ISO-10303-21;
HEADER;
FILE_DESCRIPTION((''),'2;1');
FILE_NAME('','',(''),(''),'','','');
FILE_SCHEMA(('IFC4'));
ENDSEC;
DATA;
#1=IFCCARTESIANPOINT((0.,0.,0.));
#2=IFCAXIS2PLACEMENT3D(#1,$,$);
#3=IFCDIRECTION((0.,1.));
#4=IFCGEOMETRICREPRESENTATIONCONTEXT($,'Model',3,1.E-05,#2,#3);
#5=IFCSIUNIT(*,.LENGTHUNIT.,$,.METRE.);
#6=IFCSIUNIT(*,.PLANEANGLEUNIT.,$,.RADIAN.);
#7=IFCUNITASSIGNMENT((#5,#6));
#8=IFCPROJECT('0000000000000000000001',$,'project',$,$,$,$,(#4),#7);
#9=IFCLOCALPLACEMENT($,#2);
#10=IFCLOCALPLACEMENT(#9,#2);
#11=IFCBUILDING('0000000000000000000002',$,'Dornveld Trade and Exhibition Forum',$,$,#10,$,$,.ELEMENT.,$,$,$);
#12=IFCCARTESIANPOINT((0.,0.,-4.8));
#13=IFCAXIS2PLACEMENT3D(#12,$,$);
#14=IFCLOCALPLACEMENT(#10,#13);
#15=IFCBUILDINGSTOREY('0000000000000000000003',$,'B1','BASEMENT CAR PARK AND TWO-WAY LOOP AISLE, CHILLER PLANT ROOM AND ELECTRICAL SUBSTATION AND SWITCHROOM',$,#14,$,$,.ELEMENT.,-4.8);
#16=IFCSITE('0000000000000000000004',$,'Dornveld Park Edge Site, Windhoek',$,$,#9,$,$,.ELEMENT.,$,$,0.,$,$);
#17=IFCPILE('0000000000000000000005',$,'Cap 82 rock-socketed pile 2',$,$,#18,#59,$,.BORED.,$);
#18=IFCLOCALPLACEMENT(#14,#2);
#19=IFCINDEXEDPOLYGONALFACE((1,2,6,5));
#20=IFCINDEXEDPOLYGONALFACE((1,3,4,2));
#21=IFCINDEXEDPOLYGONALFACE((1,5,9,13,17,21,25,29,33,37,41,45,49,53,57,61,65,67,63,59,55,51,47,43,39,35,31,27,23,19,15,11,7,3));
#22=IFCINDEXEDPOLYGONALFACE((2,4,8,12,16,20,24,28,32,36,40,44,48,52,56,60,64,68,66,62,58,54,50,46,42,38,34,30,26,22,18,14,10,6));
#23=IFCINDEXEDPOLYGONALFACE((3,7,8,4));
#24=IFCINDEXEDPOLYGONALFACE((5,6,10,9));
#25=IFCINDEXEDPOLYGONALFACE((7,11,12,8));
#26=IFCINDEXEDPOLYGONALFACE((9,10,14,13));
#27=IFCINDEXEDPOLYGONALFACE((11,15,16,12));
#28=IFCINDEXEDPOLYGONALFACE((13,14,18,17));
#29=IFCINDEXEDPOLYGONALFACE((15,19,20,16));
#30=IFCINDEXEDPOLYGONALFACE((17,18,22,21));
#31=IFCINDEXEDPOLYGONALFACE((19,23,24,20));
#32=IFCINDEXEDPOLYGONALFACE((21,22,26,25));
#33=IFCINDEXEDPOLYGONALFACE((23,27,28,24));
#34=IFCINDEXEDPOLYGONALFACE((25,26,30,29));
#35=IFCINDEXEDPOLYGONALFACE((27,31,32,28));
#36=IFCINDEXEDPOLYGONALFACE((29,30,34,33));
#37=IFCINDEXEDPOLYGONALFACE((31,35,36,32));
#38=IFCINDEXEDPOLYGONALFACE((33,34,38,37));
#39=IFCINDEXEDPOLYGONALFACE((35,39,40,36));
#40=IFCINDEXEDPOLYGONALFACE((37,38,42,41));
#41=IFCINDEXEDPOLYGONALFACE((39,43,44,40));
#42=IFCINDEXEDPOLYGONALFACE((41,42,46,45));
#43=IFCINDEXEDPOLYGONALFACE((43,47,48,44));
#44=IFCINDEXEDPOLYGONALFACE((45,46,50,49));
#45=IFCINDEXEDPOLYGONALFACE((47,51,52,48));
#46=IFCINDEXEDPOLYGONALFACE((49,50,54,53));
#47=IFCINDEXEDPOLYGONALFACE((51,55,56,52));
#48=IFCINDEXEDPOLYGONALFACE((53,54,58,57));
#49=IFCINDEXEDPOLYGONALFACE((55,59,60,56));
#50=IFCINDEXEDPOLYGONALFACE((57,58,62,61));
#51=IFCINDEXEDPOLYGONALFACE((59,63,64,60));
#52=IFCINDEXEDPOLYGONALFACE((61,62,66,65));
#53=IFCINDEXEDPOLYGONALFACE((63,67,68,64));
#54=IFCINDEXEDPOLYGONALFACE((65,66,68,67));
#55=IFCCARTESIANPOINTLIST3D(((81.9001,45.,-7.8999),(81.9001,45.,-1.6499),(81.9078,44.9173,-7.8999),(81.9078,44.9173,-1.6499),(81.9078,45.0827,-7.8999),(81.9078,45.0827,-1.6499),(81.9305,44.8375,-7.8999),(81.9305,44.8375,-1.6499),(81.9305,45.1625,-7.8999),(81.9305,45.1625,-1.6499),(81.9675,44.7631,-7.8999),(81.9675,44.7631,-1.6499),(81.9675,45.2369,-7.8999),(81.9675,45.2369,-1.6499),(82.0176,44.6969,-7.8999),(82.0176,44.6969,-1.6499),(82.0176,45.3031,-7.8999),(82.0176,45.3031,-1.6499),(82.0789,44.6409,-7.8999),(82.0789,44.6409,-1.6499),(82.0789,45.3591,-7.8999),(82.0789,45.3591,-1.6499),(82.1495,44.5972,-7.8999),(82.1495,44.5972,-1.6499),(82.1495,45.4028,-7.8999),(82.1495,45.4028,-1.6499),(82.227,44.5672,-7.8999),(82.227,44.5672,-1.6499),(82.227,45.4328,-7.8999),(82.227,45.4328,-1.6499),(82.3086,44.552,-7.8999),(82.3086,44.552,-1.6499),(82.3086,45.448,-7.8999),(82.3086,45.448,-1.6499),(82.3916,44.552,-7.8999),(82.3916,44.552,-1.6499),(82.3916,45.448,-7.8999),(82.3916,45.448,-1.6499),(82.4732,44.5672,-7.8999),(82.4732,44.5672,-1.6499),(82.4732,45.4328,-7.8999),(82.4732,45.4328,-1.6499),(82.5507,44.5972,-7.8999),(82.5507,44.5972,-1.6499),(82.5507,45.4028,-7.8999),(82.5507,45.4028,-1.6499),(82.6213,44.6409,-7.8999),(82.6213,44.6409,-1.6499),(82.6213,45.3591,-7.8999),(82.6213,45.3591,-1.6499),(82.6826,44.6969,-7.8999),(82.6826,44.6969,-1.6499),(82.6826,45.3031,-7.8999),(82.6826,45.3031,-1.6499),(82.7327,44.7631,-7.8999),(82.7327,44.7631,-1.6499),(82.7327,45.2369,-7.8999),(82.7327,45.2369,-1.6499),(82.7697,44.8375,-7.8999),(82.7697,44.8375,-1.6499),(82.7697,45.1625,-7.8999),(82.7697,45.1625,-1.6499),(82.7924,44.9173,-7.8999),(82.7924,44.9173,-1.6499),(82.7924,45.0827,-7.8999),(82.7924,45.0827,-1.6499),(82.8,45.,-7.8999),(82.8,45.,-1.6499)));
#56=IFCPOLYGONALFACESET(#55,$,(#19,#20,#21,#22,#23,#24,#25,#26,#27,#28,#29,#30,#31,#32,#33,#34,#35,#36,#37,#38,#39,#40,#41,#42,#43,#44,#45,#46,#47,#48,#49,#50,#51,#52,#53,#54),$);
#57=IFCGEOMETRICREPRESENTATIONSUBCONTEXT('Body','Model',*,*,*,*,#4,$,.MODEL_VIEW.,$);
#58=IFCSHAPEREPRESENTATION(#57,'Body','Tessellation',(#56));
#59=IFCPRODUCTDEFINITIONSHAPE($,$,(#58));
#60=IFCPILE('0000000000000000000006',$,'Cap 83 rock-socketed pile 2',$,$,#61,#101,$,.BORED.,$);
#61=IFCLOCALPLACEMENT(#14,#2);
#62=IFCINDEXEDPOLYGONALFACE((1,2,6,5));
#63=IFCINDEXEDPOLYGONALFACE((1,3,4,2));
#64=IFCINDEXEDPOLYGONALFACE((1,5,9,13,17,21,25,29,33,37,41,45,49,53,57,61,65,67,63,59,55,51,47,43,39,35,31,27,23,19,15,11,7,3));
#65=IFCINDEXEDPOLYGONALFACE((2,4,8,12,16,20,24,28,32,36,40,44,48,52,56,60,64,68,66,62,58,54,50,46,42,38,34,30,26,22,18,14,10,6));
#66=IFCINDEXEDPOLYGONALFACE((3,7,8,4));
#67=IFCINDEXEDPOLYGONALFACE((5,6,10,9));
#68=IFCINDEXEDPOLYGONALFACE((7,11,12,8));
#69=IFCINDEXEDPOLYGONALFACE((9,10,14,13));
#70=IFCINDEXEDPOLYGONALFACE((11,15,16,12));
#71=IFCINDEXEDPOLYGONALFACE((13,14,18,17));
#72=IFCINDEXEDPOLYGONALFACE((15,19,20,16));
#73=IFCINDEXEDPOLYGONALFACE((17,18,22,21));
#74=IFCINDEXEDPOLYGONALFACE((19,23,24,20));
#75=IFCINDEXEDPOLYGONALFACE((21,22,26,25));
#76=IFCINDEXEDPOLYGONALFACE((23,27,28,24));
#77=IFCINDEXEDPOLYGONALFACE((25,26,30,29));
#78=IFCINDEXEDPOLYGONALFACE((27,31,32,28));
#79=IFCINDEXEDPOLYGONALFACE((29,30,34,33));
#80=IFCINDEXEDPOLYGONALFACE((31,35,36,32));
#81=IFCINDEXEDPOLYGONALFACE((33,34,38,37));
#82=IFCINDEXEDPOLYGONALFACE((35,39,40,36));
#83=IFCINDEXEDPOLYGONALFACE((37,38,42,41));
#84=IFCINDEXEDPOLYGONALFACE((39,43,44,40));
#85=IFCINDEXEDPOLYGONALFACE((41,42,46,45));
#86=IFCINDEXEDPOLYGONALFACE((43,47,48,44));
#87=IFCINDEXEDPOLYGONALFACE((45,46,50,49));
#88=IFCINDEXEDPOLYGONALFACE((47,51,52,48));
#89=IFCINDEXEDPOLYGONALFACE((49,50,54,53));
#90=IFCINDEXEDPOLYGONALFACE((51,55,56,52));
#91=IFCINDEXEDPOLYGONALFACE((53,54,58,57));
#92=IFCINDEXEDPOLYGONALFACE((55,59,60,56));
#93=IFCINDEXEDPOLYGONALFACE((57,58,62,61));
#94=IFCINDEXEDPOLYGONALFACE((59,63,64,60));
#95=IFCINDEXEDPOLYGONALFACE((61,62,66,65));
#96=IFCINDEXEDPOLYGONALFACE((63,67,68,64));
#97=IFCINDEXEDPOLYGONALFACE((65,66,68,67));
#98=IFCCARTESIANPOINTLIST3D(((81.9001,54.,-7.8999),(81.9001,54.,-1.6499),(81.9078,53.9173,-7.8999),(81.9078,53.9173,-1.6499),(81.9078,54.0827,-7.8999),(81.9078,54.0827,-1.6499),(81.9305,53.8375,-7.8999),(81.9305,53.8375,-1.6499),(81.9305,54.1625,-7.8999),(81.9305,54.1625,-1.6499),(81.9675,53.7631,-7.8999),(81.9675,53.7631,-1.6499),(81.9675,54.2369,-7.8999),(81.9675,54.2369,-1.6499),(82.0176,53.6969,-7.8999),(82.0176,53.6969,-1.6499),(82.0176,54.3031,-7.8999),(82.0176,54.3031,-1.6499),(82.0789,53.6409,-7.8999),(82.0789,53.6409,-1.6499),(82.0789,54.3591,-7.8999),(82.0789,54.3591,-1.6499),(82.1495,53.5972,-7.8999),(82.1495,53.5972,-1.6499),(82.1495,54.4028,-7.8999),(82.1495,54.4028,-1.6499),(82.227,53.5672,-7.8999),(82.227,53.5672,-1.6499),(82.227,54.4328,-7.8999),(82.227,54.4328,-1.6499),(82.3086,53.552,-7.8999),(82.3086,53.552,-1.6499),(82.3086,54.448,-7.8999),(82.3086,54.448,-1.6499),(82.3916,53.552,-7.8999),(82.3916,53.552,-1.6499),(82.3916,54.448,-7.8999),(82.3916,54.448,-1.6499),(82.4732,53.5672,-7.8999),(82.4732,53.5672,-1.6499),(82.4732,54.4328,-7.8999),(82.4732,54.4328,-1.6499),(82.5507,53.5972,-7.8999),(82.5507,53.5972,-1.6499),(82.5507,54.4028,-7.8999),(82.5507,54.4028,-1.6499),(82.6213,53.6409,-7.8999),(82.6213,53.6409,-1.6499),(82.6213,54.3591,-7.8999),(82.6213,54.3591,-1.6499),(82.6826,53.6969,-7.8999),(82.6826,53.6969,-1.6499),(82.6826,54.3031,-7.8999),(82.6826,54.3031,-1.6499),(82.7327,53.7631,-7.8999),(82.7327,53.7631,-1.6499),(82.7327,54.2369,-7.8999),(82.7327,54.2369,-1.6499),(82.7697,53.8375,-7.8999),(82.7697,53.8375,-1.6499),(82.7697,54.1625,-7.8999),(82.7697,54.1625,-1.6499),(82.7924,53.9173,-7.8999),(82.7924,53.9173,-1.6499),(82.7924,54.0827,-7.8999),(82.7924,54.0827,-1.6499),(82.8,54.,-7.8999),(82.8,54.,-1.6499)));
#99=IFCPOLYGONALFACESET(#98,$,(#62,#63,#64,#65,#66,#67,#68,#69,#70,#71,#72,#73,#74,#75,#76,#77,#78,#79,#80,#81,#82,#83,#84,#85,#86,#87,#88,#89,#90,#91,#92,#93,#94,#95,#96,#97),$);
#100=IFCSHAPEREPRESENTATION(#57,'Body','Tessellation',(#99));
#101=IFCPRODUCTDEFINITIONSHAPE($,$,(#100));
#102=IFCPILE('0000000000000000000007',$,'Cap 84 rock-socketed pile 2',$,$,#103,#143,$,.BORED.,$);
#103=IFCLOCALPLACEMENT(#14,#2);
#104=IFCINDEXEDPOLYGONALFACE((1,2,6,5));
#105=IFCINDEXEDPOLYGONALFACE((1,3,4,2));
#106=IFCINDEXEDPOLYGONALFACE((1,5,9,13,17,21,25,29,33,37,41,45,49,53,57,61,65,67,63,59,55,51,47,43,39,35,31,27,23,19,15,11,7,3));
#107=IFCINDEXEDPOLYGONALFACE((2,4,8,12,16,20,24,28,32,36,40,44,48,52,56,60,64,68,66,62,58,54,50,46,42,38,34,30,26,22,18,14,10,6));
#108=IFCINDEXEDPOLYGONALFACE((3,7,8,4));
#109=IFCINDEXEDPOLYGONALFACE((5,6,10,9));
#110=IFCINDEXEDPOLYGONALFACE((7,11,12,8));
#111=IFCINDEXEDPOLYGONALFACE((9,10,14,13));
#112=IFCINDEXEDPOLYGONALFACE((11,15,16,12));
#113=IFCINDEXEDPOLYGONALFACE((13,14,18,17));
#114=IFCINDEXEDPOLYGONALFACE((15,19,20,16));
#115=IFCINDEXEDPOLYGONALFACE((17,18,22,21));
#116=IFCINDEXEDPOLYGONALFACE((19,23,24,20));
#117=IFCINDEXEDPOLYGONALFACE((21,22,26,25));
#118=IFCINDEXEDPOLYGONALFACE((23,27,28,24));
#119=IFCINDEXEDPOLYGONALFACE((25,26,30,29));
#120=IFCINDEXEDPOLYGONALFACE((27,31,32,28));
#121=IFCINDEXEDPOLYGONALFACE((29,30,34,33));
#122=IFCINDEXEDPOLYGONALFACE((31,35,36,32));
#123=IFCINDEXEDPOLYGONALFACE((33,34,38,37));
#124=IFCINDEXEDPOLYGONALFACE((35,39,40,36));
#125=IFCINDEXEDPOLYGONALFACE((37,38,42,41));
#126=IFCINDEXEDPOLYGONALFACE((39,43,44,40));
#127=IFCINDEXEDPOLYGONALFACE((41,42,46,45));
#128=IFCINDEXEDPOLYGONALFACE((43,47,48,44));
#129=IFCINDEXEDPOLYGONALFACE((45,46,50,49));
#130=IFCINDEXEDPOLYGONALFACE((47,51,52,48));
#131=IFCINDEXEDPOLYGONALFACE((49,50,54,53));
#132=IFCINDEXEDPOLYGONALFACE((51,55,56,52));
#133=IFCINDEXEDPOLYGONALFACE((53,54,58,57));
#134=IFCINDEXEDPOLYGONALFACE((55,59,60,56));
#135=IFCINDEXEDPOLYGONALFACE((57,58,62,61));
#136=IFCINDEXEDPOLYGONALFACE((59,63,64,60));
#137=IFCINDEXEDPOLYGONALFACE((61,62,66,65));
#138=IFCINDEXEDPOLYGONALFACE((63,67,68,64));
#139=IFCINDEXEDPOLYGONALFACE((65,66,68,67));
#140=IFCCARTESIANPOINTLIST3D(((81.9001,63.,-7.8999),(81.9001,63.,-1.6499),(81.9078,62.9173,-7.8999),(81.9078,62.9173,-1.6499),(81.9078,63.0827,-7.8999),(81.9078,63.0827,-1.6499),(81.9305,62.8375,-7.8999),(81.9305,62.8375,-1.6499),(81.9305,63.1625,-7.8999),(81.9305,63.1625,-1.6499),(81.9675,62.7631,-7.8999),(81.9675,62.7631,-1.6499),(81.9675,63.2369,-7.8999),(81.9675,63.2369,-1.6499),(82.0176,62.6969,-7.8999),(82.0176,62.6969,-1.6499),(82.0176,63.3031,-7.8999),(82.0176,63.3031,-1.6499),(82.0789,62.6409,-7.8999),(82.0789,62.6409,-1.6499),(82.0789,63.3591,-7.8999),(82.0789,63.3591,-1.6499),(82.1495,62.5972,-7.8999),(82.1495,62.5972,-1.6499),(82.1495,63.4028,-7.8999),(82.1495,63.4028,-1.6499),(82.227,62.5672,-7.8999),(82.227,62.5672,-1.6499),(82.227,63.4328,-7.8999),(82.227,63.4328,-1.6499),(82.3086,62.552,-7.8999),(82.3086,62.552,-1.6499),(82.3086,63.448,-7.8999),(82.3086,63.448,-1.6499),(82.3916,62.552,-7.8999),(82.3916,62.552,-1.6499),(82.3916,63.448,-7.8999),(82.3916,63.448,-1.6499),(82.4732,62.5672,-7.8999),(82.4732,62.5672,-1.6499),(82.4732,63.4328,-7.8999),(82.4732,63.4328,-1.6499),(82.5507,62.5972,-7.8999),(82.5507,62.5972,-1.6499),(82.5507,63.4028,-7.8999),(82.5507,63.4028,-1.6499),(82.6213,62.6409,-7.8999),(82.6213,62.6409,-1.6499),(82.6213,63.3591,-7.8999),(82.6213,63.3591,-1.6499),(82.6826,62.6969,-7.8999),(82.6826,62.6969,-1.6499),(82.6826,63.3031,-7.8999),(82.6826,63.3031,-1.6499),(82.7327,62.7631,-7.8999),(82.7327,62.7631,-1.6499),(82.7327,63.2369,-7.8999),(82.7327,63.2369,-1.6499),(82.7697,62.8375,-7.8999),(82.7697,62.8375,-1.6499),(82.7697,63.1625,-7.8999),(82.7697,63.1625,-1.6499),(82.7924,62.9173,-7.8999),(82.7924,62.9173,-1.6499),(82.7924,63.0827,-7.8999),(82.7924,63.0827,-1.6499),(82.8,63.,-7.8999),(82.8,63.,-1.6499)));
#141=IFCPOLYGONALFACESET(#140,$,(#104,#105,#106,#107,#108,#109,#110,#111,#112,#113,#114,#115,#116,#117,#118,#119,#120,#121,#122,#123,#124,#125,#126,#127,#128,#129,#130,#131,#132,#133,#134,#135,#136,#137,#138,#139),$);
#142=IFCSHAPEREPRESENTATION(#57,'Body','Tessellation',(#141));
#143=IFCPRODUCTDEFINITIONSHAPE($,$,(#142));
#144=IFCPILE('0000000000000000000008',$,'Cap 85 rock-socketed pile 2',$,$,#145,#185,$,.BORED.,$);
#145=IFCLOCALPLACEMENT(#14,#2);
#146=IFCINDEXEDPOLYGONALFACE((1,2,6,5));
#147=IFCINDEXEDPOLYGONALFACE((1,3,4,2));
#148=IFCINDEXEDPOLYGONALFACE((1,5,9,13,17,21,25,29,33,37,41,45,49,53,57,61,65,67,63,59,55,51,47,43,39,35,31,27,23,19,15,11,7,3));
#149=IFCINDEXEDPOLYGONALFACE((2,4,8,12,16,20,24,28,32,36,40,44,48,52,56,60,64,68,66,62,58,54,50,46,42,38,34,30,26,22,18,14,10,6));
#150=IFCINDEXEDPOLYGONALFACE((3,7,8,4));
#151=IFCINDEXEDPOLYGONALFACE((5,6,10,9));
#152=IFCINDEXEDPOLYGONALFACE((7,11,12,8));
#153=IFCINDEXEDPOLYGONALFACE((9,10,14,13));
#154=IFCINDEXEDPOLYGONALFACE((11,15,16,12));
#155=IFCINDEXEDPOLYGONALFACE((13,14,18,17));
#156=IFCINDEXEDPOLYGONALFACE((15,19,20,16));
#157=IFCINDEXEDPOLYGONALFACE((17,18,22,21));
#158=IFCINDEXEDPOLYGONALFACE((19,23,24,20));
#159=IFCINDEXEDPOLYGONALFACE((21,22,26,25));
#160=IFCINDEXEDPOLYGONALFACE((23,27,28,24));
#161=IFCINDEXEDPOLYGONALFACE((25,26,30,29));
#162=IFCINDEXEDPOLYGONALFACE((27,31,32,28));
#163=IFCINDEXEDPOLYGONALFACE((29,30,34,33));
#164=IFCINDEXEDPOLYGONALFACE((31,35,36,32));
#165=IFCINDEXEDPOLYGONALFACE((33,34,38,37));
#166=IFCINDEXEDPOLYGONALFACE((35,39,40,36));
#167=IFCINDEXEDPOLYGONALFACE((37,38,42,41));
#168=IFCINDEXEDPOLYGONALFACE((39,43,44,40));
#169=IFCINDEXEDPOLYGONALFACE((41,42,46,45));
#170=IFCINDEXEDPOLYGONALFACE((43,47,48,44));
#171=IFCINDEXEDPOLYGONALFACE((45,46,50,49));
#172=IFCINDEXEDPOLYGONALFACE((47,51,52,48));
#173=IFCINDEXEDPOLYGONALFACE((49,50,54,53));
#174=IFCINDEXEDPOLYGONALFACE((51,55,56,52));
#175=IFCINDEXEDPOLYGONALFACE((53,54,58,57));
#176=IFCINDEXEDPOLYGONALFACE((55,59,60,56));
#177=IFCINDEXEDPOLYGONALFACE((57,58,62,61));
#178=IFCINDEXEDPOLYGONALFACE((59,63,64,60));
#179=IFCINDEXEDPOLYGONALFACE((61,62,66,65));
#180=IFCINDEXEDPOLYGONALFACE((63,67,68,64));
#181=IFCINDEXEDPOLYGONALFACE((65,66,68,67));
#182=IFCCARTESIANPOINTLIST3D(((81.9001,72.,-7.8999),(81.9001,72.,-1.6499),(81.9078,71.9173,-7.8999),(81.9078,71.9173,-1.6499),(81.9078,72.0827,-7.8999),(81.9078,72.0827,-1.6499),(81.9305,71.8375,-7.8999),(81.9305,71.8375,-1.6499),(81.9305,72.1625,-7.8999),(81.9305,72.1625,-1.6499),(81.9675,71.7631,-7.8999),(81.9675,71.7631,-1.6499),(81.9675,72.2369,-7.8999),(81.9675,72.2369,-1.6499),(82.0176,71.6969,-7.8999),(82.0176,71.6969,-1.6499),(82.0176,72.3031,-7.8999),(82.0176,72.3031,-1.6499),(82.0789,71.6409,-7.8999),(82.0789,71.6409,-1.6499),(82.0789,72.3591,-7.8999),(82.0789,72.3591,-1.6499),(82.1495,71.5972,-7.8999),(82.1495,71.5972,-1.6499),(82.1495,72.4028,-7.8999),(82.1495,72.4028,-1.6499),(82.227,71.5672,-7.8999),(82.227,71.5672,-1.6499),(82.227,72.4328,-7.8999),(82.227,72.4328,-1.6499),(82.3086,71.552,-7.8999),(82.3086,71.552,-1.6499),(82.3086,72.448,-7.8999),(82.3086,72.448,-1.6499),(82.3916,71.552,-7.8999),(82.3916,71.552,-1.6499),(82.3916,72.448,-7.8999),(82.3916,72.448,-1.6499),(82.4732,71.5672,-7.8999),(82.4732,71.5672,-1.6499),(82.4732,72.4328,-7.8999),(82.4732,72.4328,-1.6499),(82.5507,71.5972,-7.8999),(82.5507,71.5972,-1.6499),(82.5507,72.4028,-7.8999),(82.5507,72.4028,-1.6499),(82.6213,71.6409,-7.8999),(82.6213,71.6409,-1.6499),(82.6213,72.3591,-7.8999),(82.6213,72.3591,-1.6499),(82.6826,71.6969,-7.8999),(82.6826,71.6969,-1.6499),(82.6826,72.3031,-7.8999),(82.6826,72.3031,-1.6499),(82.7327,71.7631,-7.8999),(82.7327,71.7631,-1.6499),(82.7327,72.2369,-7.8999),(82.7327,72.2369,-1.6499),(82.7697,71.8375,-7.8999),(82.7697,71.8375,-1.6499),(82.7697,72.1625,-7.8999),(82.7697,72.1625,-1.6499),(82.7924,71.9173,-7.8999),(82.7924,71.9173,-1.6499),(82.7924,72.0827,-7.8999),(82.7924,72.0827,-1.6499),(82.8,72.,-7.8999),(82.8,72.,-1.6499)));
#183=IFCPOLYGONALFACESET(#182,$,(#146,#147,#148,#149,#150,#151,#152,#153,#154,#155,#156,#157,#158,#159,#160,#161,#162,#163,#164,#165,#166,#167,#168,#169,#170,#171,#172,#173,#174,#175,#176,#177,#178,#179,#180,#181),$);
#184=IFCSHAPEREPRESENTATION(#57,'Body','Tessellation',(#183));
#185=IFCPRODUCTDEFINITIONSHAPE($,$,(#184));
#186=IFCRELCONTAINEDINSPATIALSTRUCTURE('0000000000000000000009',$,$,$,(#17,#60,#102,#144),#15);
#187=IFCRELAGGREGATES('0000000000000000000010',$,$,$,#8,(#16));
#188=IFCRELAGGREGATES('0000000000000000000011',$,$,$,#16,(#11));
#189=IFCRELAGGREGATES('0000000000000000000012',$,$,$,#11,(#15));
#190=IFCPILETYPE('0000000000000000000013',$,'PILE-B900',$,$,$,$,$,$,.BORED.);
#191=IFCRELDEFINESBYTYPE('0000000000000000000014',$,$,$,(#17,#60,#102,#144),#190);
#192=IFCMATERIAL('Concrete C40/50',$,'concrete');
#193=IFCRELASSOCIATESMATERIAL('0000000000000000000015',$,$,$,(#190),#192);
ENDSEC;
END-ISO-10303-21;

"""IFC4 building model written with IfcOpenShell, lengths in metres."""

from ifc_helpers import new_model, si_unit, direction, frame, origin, origin_2d, place, context, subcontext, project, spatial, circle, extrude, material, material_profile, profile_set, type_object, element, save


model = new_model("IFC4")

# Units and contexts
model_context = context("Model", 3, precision=1e-05, world=origin(), true_north=direction((0.0, 1.0)))
body_context = subcontext(model_context, "Body", "Model", "MODEL_VIEW")
ifc_project = project(units=[si_unit("LENGTHUNIT", "METRE"), si_unit("PLANEANGLEUNIT", "RADIAN")], contexts=[model_context])

# Site, building, storey
site_placement = place(None, origin())
site = spatial("IfcSite", under=ifc_project, at=site_placement, Name="Dornveld Park Edge Site, Windhoek", CompositionType="ELEMENT", RefElevation=0.0)
building_placement = place(site_placement, origin())
building = spatial("IfcBuilding", under=site, at=building_placement, Name="Dornveld Trade and Exhibition Forum", CompositionType="ELEMENT")
storey_placement = place(building_placement, frame((0.0, 0.0, -4.8)))
storey = spatial("IfcBuildingStorey", under=building, at=storey_placement, Name="B1", Description="BASEMENT CAR PARK AND TWO-WAY LOOP AISLE, CHILLER PLANT ROOM AND ELECTRICAL SUBSTATION AND SWITCHROOM", CompositionType="ELEMENT", Elevation=-4.8)

# Piles
ifc_material_1 = material(Name="Concrete C40/50", Category="concrete")
ifc_material_profile_1 = material_profile(ifc_material_1, circle(Radius=0.45, at=origin_2d()), Name="PILE D900")
ifc_profile_set_1 = profile_set([ifc_material_profile_1], Name="Concrete C40/50")
pile_type = type_object("IfcPileType", Name="PILE-B900", PredefinedType="BORED", material=ifc_profile_set_1)
for number, where, z_axis, x_axis, name in (
    (1, (82.3501, 45.0, -1.6499), (0.0, 0.0, -1.0), (1.0, 0.0, 0.0), "Cap 82 rock-socketed pile 2"),
    (2, (82.3501, 54.0, -1.6499), (0.0, 0.0, -1.0), (1.0, 0.0, 0.0), "Cap 83 rock-socketed pile 2"),
    (3, (82.3501, 63.0, -1.6499), (0.0, 0.0, -1.0), (1.0, 0.0, 0.0), "Cap 84 rock-socketed pile 2"),
    (4, (82.3501, 72.0, -1.6499), (0.0, 0.0, -1.0), (1.0, 0.0, 0.0), "Cap 85 rock-socketed pile 2"),
):
    element("IfcPile", number, at=place(storey_placement, frame(where, z_axis=z_axis, x_axis=x_axis)), inside=storey, type_object=pile_type, Name=name, PredefinedType="BORED", context=body_context, shape_type="SweptSolid", body=[
        extrude(circle(Radius=0.45, at=origin_2d()), origin(), (0.0, 0.0, 1.0), 6.25),
    ])

save(model, "model.ifc")
